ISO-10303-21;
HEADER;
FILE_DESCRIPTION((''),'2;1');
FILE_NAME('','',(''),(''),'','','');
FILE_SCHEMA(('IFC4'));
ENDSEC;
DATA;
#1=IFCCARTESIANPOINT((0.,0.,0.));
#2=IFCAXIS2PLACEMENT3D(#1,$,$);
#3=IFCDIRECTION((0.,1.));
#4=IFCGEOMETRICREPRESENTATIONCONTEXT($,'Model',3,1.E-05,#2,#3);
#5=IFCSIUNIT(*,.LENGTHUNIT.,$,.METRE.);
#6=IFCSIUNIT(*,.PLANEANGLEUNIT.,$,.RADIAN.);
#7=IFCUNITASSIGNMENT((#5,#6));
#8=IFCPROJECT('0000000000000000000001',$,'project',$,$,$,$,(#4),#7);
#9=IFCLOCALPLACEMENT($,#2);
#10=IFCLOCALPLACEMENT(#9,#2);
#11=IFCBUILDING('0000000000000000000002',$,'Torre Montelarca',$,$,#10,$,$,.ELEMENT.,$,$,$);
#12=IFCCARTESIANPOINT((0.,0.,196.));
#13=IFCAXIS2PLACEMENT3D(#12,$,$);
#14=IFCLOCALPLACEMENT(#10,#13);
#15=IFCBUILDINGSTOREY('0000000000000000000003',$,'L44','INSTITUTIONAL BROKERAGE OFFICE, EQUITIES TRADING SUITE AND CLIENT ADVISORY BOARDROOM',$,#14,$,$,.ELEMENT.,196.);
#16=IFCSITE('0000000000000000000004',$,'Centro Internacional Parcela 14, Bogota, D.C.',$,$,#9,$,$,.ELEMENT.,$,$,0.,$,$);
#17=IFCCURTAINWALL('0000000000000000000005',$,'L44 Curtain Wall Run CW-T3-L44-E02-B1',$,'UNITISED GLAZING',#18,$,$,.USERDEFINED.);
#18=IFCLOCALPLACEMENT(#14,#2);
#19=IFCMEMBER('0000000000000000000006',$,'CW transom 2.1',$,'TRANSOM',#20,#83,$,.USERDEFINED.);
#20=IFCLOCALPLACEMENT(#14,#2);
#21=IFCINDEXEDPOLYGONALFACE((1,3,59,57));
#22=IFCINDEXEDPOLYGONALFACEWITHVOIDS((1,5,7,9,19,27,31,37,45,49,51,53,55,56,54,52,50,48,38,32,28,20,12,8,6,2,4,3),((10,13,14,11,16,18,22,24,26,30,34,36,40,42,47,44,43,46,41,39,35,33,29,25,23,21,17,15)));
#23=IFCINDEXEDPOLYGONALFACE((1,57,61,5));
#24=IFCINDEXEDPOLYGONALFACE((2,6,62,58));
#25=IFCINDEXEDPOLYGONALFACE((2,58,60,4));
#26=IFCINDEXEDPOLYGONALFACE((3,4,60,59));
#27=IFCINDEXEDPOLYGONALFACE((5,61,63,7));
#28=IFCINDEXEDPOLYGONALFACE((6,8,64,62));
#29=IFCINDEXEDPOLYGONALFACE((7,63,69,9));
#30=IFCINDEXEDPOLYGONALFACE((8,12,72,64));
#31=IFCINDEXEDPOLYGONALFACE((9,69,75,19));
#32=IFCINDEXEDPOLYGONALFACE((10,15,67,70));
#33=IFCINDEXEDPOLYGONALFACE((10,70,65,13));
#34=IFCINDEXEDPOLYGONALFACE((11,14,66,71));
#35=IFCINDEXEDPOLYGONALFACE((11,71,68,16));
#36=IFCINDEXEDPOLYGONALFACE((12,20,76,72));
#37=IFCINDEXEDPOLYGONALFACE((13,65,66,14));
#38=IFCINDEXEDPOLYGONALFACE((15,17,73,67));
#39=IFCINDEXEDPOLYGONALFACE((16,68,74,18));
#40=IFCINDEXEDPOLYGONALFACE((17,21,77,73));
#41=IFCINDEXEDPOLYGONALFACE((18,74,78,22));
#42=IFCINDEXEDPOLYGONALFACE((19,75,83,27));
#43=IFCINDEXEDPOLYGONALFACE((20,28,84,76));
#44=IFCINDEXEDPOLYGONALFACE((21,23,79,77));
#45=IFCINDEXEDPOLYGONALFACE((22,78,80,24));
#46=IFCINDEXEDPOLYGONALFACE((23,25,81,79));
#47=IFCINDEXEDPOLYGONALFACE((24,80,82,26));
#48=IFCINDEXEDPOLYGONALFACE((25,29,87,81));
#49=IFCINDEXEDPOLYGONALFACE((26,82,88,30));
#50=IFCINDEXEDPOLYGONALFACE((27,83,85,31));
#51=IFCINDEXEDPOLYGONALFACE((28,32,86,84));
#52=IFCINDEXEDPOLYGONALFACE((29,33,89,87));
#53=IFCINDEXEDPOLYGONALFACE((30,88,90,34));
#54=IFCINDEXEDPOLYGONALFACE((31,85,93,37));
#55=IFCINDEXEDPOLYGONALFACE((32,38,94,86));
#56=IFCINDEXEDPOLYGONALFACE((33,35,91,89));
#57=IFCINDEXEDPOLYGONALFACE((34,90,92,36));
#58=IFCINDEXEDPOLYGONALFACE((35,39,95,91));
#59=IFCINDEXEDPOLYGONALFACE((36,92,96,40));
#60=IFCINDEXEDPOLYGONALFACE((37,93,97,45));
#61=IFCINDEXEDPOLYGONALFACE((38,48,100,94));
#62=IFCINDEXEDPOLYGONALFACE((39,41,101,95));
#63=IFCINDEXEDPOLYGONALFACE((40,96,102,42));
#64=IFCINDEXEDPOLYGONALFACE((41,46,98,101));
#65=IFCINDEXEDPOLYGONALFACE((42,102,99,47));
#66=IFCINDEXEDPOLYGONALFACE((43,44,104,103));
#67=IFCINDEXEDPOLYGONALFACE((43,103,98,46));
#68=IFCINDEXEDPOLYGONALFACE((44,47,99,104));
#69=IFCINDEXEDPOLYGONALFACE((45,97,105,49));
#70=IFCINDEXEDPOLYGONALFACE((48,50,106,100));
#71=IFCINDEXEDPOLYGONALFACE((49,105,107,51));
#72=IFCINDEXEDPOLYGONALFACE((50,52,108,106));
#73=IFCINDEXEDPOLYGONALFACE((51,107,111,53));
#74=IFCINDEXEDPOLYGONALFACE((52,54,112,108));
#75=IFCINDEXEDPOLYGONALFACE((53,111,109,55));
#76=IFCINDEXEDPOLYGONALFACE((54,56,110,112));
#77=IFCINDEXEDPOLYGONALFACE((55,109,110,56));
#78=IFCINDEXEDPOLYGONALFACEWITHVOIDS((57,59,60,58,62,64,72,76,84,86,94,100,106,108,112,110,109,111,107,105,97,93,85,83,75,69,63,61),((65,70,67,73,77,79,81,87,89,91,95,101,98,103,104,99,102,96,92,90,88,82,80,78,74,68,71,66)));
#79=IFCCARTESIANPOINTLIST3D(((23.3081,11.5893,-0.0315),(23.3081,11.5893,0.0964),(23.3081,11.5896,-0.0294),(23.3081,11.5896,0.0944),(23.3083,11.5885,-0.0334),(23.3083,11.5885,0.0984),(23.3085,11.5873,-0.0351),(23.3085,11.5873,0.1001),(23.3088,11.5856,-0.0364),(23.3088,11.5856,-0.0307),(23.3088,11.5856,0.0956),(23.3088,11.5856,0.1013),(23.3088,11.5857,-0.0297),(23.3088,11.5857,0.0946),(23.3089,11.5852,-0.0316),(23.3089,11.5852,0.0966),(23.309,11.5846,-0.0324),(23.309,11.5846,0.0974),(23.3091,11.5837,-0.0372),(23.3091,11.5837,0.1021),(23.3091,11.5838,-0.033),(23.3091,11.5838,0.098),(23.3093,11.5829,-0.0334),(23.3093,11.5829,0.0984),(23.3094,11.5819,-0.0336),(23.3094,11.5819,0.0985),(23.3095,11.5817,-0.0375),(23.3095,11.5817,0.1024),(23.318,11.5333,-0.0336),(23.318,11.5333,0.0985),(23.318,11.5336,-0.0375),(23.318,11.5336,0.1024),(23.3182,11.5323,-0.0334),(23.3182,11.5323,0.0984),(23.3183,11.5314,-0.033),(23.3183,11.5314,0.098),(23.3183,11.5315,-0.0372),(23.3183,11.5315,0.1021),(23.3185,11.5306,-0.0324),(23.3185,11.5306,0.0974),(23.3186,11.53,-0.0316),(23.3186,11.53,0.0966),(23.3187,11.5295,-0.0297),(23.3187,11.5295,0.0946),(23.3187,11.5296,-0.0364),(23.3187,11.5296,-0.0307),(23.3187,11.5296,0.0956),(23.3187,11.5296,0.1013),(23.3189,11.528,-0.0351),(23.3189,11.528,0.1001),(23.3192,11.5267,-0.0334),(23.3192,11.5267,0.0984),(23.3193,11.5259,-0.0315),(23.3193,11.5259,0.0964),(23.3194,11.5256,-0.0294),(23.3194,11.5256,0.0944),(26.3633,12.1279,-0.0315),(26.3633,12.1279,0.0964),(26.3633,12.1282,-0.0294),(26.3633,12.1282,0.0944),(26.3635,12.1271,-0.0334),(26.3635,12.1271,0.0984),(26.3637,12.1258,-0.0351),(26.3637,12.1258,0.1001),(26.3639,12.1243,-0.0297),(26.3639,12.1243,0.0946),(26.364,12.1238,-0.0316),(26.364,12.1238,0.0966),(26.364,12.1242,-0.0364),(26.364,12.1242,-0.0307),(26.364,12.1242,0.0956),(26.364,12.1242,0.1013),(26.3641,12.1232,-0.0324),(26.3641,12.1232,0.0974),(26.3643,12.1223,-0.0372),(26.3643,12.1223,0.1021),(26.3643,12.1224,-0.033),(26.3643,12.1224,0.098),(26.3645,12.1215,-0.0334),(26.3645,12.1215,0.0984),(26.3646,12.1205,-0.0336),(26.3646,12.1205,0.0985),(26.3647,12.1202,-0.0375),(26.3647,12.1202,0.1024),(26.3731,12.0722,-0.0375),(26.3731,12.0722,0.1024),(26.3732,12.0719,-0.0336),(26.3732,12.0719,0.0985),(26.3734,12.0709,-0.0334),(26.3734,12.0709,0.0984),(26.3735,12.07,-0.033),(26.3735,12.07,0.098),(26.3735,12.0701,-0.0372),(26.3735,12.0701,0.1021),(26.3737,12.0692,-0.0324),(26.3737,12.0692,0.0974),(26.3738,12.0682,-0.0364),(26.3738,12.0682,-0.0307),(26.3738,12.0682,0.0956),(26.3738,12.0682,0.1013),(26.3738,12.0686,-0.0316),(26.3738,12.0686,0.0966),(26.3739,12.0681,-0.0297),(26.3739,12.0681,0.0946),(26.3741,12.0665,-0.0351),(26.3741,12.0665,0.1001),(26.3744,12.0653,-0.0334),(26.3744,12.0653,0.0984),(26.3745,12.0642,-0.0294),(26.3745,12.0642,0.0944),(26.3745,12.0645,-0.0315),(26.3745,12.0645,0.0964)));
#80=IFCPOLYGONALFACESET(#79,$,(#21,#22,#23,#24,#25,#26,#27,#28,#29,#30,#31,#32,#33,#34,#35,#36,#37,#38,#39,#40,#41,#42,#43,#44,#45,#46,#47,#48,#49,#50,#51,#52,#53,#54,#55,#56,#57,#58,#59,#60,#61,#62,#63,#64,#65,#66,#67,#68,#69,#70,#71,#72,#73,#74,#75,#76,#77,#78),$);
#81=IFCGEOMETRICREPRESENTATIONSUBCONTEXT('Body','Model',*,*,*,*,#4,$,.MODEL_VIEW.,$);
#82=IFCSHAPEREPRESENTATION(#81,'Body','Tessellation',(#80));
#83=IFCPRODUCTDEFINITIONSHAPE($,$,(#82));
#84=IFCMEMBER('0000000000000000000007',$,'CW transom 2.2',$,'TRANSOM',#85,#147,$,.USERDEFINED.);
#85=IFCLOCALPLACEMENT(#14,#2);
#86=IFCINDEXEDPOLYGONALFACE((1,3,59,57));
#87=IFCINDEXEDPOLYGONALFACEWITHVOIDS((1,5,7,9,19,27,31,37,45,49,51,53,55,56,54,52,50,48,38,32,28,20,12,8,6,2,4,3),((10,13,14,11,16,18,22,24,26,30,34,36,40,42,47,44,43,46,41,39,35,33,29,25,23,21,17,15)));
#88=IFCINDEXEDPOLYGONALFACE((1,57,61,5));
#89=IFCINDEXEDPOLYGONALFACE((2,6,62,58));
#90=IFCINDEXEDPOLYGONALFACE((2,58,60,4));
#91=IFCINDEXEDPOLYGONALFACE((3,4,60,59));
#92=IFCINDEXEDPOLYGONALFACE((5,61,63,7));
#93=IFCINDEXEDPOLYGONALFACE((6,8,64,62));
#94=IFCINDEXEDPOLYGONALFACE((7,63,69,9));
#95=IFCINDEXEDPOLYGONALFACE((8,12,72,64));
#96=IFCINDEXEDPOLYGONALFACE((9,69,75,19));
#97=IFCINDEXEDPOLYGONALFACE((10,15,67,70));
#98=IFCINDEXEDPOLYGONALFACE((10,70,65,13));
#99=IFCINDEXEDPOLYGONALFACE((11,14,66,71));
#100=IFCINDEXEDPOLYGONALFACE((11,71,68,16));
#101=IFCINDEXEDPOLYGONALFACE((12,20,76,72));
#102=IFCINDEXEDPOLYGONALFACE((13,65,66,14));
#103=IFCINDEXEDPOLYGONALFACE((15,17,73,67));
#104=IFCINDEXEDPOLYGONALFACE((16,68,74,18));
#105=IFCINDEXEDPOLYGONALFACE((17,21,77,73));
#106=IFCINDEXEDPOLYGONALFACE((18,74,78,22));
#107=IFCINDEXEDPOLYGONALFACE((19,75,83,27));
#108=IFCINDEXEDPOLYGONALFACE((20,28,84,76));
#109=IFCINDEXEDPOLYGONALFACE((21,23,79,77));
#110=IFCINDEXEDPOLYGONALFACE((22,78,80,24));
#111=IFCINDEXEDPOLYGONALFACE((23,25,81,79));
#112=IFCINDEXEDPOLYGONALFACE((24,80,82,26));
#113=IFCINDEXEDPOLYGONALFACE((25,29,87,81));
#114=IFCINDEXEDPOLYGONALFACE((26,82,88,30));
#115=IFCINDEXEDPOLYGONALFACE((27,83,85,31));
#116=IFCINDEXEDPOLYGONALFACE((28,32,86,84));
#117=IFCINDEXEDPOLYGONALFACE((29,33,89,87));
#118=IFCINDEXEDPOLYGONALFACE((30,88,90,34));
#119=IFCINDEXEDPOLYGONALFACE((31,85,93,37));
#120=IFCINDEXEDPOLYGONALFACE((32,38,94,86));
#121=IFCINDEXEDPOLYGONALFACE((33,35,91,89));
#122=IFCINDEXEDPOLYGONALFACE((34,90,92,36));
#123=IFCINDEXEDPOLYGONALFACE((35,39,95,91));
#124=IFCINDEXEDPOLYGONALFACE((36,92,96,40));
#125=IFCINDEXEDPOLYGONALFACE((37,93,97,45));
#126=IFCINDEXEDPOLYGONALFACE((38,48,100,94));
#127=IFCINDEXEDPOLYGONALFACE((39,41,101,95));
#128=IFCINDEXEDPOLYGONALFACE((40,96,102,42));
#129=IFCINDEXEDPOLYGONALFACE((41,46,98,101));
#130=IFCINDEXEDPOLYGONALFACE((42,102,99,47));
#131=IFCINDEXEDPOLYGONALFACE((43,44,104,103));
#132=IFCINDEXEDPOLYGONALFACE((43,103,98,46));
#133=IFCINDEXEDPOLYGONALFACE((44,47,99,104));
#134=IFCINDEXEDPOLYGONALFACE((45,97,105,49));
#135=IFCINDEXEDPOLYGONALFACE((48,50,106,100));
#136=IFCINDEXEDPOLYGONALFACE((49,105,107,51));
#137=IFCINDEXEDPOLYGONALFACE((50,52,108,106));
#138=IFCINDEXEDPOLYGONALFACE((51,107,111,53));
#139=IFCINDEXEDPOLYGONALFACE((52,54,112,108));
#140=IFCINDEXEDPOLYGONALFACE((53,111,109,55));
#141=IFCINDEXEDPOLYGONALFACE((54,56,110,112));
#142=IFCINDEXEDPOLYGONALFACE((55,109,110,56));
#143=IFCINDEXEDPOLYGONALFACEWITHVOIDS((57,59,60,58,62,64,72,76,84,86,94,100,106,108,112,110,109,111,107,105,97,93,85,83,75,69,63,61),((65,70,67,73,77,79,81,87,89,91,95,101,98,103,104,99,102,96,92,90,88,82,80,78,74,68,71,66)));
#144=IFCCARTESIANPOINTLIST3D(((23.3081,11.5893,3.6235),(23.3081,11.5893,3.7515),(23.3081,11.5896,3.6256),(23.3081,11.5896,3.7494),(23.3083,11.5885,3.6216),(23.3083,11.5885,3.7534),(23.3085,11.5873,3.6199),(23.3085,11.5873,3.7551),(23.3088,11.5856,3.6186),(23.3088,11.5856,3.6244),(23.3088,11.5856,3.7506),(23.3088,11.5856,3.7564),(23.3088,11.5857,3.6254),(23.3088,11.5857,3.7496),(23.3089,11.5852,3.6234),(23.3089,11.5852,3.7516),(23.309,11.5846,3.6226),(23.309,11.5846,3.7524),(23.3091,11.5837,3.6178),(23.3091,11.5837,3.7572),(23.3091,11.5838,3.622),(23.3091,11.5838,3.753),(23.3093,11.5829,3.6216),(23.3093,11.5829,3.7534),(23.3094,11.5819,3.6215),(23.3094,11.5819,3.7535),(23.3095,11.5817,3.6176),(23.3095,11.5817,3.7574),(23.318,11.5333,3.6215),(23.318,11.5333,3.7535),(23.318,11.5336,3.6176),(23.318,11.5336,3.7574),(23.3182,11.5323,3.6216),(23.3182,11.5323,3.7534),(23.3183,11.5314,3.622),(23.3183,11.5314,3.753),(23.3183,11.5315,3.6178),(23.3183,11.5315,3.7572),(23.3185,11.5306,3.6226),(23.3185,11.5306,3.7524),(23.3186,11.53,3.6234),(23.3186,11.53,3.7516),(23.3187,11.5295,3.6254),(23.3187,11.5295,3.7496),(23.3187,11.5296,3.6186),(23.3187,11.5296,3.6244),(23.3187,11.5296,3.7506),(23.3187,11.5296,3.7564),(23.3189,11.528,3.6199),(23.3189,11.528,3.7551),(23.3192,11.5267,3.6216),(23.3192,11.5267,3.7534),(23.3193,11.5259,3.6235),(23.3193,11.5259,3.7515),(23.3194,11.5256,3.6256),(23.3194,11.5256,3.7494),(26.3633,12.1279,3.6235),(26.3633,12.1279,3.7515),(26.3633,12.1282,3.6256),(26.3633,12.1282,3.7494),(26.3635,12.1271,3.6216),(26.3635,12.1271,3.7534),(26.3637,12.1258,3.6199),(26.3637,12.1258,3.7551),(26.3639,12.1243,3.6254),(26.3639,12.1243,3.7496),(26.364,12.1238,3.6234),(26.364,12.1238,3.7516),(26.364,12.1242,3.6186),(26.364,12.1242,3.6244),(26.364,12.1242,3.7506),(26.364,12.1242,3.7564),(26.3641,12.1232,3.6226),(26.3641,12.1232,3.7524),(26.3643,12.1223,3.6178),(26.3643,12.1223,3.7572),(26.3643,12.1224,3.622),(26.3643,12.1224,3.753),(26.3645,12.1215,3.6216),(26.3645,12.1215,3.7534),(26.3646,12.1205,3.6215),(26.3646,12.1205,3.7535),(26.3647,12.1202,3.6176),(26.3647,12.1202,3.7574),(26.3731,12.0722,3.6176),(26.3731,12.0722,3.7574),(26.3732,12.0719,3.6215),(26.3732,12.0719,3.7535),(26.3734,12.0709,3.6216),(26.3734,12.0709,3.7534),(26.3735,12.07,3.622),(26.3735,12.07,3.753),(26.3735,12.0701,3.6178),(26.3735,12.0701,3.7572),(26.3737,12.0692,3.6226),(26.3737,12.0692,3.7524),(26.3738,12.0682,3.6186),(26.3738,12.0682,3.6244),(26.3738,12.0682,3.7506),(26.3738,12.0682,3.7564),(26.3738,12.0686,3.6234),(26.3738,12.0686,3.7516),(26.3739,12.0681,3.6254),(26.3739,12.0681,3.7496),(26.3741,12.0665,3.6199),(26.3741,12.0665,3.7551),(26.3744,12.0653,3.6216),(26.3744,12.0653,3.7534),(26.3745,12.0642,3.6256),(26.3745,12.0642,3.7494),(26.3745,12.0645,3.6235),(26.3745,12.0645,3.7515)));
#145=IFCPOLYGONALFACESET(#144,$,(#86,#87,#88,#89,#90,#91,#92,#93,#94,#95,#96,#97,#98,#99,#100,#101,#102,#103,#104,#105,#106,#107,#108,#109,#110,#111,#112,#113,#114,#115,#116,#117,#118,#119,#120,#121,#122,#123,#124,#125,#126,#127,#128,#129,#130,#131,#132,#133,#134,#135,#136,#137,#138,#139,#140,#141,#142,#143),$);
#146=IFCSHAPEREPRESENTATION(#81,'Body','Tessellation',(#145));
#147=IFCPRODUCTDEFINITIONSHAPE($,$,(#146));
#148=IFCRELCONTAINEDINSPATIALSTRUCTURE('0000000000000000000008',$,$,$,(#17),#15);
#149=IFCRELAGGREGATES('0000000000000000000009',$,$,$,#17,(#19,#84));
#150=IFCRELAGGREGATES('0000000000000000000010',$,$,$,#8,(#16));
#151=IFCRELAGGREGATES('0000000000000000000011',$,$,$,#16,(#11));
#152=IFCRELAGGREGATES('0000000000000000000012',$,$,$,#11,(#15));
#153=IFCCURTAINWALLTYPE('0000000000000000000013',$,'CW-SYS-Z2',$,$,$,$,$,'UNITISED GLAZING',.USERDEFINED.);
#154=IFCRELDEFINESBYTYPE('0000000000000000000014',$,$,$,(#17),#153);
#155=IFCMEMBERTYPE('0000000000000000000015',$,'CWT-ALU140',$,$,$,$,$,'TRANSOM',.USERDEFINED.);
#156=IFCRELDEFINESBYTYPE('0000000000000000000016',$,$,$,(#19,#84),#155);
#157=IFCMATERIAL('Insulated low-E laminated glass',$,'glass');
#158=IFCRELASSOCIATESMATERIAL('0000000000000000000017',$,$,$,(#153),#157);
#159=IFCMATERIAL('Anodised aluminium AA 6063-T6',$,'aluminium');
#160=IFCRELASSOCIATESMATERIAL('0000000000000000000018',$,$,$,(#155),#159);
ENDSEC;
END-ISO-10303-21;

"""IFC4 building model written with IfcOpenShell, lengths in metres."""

from ifc_helpers import new_model, si_unit, direction, frame, origin, origin_2d, place, context, subcontext, project, spatial, hollow_rectangle, extrude, source, transform, mapped, material, material_profile, profile_set, type_object, element, aggregate, save


model = new_model("IFC4")

# Units and contexts
model_context = context("Model", 3, precision=1e-05, world=origin(), true_north=direction((0.0, 1.0)))
body_context = subcontext(model_context, "Body", "Model", "MODEL_VIEW")
ifc_project = project(units=[si_unit("LENGTHUNIT", "METRE"), si_unit("PLANEANGLEUNIT", "RADIAN")], contexts=[model_context])

# Site, building, storey
site_placement = place(None, origin())
site = spatial("IfcSite", under=ifc_project, at=site_placement, Name="Centro Internacional Parcela 14, Bogota, D.C.", CompositionType="ELEMENT", RefElevation=0.0)
building_placement = place(site_placement, origin())
building = spatial("IfcBuilding", under=site, at=building_placement, Name="Torre Montelarca", CompositionType="ELEMENT")
storey_placement = place(building_placement, frame((0.0, 0.0, 196.0)))
storey = spatial("IfcBuildingStorey", under=building, at=storey_placement, Name="L44", Description="INSTITUTIONAL BROKERAGE OFFICE, EQUITIES TRADING SUITE AND CLIENT ADVISORY BOARDROOM", CompositionType="ELEMENT", Elevation=196.0)

# Curtain wall, members
ifc_material_1 = material(Name="Insulated low-E laminated glass", Category="glass")
curtain_wall_type = type_object("IfcCurtainWallType", Name="CW-SYS-Z2", ElementType="UNITISED GLAZING", PredefinedType="USERDEFINED", material=ifc_material_1)
curtain_wall_1_placement = place(storey_placement, origin())
curtain_wall_1 = element("IfcCurtainWall", 1, at=curtain_wall_1_placement, inside=storey, type_object=curtain_wall_type, Name="L44 Curtain Wall Run CW-T3-L44-E02-B1", ObjectType="UNITISED GLAZING", PredefinedType="USERDEFINED")
ifc_material_2 = material(Name="Anodised aluminium AA 6063-T6", Category="aluminium")
ifc_material_profile_1 = material_profile(ifc_material_2, hollow_rectangle(XDim=0.0649, YDim=0.1399, WallThickness=0.0039, InnerFilletRadius=0.0039, OuterFilletRadius=0.0081, at=origin_2d()), Name="ALU65X140X4", Category="aluminium")
ifc_profile_set_1 = profile_set([ifc_material_profile_1], Name="Anodised aluminium AA 6063-T6")
member_type_1 = type_object("IfcMemberType", Name="CWT-ALU140", ElementType="TRANSOM", PredefinedType="USERDEFINED", material=ifc_profile_set_1)
shared_shape_1 = source(origin(), body_context, "Body", "SweptSolid", [
    extrude(hollow_rectangle(XDim=0.0649, YDim=0.1399, WallThickness=0.0039, InnerFilletRadius=0.0039, OuterFilletRadius=0.0081, at=origin_2d()), origin(), (0.0, 0.0, 1.0), 3.1023),
])
member_1_placement = place(storey_placement, frame((23.3137, 11.5576, 0.0325), z_axis=(0.984815, 0.173606, 0.0), x_axis=(-0.173606, 0.984815, 0.0)))
member_1 = element("IfcMember", 2, at=member_1_placement, type_object=member_type_1, Name="CW transom 2.1", ObjectType="TRANSOM", PredefinedType="USERDEFINED", context=body_context, shape_type="MappedRepresentation", body=[
    mapped(shared_shape_1, transform((0.0, 0.0, 0.0), scale=1.0)),
])
member_2_placement = place(storey_placement, frame((23.3137, 11.5576, 3.6875), z_axis=(0.984815, 0.173606, 0.0), x_axis=(-0.173606, 0.984815, 0.0)))
member_2 = element("IfcMember", 3, at=member_2_placement, type_object=member_type_1, Name="CW transom 2.2", ObjectType="TRANSOM", PredefinedType="USERDEFINED", context=body_context, shape_type="MappedRepresentation", body=[
    mapped(shared_shape_1, transform((0.0, 0.0, 0.0), scale=1.0)),
])

aggregate(curtain_wall_1, [member_1, member_2])

save(model, "model.ifc")
